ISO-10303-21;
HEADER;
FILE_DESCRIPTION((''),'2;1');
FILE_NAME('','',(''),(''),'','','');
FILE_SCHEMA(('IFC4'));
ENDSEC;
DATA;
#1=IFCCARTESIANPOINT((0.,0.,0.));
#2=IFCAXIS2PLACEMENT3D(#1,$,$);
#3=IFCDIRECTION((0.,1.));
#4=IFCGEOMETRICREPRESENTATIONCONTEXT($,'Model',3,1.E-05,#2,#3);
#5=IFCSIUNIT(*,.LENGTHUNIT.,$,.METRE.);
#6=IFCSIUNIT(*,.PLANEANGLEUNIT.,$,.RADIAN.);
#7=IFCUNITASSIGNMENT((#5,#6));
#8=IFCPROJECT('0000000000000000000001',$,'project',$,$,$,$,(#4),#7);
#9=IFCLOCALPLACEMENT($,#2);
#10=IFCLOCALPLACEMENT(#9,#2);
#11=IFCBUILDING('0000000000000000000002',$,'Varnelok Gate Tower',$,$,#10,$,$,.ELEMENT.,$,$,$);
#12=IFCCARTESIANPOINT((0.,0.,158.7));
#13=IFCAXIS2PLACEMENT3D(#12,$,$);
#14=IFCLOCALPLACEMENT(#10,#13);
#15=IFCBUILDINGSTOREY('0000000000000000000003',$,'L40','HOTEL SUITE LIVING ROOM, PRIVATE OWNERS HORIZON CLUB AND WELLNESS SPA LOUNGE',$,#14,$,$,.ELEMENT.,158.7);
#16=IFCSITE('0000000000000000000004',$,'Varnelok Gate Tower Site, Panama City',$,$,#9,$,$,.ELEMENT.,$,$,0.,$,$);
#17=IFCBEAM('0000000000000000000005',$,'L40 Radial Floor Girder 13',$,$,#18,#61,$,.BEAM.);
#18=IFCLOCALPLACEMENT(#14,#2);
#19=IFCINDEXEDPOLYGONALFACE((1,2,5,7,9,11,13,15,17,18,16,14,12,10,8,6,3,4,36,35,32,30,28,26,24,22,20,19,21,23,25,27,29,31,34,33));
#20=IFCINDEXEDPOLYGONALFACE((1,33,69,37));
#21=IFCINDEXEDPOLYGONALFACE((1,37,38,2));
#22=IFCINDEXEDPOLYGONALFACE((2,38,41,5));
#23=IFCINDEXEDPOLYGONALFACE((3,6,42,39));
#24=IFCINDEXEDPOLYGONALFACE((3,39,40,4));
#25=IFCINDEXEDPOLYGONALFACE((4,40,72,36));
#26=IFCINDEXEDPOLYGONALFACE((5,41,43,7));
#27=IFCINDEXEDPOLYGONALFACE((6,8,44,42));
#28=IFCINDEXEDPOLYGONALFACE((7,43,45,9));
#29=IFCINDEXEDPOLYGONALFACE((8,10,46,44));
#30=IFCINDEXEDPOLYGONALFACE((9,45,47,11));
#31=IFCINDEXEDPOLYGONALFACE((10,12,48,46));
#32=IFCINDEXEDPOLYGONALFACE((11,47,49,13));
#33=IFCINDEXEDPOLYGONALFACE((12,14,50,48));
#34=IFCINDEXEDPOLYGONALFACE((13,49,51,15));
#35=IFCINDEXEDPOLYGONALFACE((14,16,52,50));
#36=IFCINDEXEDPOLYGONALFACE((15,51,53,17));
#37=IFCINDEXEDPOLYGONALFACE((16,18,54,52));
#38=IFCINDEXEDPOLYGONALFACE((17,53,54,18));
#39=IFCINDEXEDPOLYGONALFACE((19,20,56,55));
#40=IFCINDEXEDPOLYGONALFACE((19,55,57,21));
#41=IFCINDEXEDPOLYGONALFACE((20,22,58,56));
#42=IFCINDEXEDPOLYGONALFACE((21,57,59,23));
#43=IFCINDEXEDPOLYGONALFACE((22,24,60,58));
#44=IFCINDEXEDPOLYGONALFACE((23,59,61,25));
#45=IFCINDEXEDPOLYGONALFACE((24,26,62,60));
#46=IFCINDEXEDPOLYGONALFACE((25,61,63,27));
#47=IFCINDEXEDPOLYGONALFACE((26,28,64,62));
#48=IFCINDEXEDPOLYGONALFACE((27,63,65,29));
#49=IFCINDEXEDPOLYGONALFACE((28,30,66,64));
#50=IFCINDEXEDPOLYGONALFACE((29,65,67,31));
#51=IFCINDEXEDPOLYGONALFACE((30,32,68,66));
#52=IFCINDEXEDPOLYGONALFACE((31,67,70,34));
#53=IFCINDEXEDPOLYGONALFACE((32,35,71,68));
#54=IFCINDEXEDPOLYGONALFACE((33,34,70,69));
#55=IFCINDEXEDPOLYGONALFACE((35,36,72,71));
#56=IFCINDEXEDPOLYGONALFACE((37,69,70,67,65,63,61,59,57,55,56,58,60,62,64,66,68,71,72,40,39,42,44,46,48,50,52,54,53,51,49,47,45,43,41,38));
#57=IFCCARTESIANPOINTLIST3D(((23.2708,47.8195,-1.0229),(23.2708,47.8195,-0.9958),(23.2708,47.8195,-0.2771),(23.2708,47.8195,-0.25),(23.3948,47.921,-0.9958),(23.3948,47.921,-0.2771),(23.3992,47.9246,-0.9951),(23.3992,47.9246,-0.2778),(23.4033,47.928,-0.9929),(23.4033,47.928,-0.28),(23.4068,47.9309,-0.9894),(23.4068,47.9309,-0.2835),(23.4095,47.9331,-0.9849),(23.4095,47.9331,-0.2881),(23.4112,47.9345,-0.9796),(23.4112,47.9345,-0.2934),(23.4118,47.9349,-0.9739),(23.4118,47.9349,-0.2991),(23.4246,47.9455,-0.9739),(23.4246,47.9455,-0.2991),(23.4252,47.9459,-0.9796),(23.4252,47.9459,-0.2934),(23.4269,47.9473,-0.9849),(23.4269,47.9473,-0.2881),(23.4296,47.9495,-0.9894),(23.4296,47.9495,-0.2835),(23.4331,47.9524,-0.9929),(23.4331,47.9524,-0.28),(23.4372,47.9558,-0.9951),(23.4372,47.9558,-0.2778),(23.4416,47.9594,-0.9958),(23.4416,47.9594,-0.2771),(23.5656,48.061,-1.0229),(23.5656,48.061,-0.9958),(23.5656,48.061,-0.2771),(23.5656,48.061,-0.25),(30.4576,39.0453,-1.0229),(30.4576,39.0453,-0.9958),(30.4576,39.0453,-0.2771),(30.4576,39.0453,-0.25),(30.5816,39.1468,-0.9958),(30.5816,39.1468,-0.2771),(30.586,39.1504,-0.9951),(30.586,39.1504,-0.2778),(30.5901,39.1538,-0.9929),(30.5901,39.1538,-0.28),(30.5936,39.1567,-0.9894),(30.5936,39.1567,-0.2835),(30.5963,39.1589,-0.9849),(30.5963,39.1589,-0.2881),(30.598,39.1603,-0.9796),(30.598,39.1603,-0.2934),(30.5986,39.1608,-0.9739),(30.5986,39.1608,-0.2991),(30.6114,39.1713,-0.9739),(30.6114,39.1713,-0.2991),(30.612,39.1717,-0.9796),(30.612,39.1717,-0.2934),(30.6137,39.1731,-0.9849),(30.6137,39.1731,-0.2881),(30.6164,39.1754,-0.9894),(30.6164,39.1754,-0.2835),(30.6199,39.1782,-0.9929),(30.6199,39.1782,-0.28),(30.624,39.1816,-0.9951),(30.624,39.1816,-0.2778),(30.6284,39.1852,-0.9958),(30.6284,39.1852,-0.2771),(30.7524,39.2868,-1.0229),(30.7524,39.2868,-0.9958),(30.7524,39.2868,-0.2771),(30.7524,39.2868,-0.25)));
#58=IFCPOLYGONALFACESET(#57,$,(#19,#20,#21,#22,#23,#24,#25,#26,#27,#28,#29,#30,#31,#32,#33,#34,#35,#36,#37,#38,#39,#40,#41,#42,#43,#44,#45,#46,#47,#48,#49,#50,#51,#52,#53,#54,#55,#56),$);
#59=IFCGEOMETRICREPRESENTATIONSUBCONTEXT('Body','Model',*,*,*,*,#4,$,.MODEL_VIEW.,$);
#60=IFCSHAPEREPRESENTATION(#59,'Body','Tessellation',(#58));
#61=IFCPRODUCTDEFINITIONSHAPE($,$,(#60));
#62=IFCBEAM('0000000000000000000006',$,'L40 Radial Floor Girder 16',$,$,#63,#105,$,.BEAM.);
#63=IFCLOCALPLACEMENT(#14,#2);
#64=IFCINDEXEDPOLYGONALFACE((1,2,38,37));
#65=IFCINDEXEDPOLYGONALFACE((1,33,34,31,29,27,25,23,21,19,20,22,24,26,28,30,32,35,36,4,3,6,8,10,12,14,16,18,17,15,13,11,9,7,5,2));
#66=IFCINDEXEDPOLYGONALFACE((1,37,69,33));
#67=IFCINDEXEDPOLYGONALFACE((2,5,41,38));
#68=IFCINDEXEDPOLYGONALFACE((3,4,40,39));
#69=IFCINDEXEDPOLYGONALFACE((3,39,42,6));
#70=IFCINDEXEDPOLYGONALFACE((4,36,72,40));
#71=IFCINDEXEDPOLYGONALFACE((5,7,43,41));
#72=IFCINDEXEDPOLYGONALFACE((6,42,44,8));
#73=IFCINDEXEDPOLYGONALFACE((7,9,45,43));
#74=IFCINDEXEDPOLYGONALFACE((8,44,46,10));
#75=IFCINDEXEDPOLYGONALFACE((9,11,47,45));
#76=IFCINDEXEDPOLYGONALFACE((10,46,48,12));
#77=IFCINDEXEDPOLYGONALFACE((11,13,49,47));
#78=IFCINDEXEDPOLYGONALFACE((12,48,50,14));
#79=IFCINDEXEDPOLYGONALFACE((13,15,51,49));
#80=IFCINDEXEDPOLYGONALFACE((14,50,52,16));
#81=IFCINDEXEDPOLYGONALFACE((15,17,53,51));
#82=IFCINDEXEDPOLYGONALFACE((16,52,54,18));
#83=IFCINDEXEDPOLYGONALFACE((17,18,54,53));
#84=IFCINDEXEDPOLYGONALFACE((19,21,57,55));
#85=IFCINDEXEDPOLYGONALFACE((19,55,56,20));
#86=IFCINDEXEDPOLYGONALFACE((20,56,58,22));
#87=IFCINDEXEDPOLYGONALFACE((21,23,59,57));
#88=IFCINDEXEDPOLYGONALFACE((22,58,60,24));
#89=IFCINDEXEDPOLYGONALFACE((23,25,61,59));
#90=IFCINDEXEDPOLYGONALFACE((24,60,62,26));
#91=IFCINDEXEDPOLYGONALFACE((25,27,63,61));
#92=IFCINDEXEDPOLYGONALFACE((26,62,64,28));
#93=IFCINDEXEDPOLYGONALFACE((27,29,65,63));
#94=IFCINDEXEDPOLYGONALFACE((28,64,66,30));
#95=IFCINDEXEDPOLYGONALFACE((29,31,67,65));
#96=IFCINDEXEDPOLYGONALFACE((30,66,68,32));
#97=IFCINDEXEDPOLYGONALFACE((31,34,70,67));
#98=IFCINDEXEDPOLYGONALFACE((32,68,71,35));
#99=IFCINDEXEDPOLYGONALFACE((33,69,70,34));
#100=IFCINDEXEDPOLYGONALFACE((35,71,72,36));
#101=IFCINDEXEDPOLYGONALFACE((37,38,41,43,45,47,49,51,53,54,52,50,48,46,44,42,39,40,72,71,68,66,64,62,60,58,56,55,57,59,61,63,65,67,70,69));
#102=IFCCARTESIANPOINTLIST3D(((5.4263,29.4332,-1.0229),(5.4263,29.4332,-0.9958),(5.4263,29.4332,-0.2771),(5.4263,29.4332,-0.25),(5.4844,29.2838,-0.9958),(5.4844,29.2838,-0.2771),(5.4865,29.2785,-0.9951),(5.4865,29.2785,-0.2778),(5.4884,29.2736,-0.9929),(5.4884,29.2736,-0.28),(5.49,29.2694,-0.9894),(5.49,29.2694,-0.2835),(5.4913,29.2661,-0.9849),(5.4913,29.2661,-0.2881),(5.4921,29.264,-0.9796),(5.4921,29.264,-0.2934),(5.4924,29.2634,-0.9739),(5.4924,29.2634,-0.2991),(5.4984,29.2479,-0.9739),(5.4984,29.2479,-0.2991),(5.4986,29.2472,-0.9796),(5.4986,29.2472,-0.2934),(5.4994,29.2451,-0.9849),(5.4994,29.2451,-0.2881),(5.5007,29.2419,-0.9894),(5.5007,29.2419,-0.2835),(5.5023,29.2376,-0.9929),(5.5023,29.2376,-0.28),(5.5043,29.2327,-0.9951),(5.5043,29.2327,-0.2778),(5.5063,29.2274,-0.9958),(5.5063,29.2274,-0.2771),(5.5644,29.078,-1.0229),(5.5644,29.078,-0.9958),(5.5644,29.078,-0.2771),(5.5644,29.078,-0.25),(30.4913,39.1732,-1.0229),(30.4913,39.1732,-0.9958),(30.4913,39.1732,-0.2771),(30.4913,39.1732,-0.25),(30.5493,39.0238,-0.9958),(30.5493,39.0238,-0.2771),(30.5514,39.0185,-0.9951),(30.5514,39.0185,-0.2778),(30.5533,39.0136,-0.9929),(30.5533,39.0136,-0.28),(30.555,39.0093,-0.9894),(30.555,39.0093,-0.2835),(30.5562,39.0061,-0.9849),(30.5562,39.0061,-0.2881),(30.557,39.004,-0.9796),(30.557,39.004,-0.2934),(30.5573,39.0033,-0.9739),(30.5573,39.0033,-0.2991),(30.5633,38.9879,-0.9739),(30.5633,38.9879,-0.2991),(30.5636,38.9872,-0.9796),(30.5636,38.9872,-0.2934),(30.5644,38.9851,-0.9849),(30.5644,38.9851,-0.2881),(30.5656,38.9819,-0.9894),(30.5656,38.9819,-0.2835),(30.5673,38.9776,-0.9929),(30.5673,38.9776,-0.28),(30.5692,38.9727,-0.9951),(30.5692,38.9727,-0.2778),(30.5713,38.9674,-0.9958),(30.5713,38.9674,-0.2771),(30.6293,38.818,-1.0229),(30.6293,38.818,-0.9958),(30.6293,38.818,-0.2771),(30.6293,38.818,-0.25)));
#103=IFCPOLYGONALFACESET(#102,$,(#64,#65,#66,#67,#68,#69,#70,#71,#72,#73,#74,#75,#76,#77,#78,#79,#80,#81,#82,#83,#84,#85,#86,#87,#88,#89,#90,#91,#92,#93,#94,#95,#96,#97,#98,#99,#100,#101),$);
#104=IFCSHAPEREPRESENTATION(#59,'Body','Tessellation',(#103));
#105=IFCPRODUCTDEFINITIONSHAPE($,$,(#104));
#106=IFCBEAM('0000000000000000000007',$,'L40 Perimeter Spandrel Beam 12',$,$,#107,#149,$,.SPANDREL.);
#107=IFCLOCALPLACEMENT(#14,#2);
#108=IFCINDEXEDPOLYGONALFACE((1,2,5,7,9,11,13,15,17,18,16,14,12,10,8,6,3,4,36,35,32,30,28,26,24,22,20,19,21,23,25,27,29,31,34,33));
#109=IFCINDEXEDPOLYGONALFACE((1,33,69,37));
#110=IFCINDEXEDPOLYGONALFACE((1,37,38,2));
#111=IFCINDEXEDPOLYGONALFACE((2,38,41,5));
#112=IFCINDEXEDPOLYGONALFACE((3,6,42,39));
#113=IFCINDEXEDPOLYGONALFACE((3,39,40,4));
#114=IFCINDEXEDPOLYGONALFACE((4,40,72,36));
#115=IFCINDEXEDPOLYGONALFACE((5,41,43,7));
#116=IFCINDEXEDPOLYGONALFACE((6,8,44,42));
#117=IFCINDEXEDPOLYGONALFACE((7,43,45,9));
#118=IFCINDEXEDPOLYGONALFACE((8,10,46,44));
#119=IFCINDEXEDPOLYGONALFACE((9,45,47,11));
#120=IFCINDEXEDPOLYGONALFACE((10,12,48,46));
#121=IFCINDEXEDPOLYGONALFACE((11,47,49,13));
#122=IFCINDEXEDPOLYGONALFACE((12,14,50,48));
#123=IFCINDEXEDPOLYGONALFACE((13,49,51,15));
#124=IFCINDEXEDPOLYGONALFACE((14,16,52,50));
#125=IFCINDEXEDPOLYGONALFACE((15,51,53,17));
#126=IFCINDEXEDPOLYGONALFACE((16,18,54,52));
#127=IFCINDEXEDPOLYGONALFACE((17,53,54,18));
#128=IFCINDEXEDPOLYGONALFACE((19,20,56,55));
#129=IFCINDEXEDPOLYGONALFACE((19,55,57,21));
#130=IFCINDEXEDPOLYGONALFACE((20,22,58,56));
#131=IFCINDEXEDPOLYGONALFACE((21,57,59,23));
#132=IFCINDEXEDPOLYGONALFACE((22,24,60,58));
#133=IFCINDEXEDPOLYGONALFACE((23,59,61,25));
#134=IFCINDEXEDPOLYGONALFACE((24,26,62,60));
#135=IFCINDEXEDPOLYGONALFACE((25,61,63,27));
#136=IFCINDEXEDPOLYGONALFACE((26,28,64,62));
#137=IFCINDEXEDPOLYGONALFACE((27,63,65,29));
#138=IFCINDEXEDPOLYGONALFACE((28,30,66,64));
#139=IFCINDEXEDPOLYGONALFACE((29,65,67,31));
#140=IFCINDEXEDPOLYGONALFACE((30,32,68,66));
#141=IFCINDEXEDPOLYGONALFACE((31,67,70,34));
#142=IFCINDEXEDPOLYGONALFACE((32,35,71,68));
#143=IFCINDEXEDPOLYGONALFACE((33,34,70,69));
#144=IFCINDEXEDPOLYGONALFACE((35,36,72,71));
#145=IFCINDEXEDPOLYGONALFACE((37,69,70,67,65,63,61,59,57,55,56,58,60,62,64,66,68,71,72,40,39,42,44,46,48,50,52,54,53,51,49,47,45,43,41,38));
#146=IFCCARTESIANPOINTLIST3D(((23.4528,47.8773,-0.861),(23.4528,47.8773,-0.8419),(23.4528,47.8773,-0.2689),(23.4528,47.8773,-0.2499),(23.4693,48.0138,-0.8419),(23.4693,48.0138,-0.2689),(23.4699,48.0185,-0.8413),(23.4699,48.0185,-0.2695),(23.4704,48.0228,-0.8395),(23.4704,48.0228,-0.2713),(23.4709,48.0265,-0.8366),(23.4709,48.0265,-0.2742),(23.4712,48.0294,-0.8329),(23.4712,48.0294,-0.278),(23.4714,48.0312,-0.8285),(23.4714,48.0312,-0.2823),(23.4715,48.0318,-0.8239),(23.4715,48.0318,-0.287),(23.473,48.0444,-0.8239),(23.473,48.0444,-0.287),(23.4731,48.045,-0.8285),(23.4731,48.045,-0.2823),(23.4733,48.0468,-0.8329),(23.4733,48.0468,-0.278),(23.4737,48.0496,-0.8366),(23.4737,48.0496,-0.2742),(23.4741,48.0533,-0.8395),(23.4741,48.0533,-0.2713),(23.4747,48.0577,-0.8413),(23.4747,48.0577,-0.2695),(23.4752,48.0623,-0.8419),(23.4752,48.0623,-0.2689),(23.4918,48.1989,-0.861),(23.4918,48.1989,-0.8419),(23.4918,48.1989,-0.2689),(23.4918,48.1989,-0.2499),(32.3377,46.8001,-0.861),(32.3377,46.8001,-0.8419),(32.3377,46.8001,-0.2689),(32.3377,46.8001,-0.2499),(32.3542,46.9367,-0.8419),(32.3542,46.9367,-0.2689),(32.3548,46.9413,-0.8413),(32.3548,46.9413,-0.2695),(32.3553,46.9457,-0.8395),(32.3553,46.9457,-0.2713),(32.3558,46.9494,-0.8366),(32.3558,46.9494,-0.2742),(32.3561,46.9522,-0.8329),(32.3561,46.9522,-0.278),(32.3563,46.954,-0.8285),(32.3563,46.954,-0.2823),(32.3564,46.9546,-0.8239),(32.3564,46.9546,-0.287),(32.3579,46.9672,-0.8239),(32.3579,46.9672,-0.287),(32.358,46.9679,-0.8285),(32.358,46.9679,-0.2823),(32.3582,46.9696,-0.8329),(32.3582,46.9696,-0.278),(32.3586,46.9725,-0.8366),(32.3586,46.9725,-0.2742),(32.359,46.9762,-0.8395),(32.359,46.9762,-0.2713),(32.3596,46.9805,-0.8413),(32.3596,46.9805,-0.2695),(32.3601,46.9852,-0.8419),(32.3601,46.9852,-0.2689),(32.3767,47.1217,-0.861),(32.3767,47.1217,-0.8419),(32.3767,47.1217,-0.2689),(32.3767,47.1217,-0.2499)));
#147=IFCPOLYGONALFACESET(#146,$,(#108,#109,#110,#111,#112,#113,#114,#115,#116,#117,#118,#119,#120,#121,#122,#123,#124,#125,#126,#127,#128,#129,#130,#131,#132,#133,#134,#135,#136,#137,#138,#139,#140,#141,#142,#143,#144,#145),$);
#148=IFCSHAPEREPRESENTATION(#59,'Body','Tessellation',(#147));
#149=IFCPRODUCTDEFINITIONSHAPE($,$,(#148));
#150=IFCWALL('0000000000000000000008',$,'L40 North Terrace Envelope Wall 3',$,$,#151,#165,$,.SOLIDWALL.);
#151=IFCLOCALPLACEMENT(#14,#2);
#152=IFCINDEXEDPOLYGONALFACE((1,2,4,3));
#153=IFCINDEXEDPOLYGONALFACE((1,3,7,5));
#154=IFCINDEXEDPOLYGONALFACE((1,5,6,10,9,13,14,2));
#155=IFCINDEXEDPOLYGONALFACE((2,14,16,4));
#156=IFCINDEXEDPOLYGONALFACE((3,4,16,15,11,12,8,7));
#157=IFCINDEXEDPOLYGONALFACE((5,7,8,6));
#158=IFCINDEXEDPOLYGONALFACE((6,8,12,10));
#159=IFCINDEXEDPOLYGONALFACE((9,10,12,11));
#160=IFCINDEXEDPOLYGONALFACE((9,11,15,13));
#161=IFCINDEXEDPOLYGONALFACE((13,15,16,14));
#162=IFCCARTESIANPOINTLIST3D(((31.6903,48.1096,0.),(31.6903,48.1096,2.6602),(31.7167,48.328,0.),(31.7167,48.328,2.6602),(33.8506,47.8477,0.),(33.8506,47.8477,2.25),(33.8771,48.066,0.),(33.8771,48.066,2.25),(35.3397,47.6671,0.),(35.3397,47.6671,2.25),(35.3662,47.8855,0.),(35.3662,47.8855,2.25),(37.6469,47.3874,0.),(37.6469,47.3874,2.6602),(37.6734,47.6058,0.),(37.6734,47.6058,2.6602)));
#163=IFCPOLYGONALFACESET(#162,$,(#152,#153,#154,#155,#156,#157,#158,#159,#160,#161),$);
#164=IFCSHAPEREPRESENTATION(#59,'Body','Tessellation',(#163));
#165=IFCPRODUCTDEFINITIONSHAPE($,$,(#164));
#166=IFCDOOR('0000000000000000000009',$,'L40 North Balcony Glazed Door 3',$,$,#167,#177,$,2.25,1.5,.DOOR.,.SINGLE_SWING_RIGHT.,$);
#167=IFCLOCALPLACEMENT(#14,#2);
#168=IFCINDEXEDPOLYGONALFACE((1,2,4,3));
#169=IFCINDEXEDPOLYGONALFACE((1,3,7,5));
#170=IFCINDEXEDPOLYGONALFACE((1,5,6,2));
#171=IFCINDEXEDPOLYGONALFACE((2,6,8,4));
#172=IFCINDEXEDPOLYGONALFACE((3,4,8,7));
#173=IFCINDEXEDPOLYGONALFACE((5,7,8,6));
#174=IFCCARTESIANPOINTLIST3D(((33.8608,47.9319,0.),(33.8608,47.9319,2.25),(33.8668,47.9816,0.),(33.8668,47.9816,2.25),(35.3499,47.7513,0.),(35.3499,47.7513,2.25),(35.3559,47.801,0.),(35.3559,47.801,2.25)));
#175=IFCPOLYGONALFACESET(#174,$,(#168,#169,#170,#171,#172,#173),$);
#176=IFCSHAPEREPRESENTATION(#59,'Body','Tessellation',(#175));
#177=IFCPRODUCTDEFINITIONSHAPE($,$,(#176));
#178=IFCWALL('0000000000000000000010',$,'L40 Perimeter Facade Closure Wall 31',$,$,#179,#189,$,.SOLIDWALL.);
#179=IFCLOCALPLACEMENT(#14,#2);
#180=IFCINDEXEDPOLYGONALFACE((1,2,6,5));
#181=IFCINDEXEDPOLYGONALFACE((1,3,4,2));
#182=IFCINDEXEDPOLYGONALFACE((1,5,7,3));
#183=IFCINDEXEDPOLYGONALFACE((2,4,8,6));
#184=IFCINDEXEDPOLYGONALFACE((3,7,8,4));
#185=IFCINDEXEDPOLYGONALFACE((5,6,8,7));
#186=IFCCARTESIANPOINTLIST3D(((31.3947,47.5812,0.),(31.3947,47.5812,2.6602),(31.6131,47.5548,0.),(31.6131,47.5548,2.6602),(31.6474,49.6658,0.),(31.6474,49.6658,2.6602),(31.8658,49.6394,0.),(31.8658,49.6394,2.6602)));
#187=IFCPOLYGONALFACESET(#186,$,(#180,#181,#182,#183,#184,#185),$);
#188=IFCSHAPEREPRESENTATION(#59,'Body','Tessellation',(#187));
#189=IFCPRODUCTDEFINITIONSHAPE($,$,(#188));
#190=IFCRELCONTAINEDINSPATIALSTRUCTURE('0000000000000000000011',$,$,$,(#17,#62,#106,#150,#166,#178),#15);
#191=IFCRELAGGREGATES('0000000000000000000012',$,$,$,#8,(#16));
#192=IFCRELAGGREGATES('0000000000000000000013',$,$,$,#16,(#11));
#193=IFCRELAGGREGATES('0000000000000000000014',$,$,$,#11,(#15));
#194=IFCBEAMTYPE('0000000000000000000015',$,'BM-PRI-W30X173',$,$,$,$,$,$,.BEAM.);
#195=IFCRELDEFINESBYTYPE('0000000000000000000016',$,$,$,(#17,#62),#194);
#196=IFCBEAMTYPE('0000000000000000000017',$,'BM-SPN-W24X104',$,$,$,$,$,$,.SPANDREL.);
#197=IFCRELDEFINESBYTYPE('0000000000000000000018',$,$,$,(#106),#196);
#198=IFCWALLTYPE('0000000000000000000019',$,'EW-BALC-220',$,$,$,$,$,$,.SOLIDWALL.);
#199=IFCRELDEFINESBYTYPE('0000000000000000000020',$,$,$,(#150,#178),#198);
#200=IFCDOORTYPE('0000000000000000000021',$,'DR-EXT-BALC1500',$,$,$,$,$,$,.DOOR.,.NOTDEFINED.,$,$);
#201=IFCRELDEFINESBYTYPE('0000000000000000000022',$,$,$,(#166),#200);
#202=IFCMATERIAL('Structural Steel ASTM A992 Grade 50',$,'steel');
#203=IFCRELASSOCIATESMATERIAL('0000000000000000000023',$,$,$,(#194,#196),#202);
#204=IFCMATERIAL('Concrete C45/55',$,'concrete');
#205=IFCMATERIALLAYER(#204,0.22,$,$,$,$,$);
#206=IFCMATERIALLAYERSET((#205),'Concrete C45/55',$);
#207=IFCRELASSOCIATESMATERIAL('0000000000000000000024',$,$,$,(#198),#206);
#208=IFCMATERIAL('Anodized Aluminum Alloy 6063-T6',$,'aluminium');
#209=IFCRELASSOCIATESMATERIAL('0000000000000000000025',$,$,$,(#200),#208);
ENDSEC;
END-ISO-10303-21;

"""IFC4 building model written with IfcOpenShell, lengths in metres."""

from ifc_helpers import new_model, si_unit, direction, frame, frame_2d, origin, origin_2d, place, context, subcontext, project, spatial, rectangle, i_section, extrude, material, layer, layer_set, material_profile, profile_set, type_object, element, fill, save


model = new_model("IFC4")

# Units and contexts
model_context = context("Model", 3, precision=1e-05, world=origin(), true_north=direction((0.0, 1.0)))
body_context = subcontext(model_context, "Body", "Model", "MODEL_VIEW")
ifc_project = project(units=[si_unit("LENGTHUNIT", "METRE"), si_unit("PLANEANGLEUNIT", "RADIAN")], contexts=[model_context])

# Site, building, storey
site_placement = place(None, origin())
site = spatial("IfcSite", under=ifc_project, at=site_placement, Name="Varnelok Gate Tower Site, Panama City", CompositionType="ELEMENT", RefElevation=0.0)
building_placement = place(site_placement, origin())
building = spatial("IfcBuilding", under=site, at=building_placement, Name="Varnelok Gate Tower", CompositionType="ELEMENT")
storey_placement = place(building_placement, frame((0.0, 0.0, 158.7)))
storey = spatial("IfcBuildingStorey", under=building, at=storey_placement, Name="L40", Description="HOTEL SUITE LIVING ROOM, PRIVATE OWNERS HORIZON CLUB AND WELLNESS SPA LOUNGE", CompositionType="ELEMENT", Elevation=158.7)

# Shared definitions
ifc_material_1 = material(Name="Structural Steel ASTM A992 Grade 50", Category="steel")

# Beams
ifc_material_profile_1 = material_profile(ifc_material_1, i_section(OverallWidth=0.3811, OverallDepth=0.7729, WebThickness=0.0166, FlangeThickness=0.0271, FilletRadius=0.022, at=origin_2d()), Name="W30X173")
ifc_profile_set_1 = profile_set([ifc_material_profile_1], Name="Structural Steel ASTM A992 Grade 50")
beam_type_1 = type_object("IfcBeamType", Name="BM-PRI-W30X173", PredefinedType="BEAM", material=ifc_profile_set_1)
beam_1_placement = place(storey_placement, frame((30.605, 39.166, -0.6365), z_axis=(-0.633655, 0.773616, 0.0), x_axis=(-0.773616, -0.633655, 0.0)))
element("IfcBeam", 1, at=beam_1_placement, inside=storey, type_object=beam_type_1, Name="L40 Radial Floor Girder 13", PredefinedType="BEAM", context=body_context, shape_type="SweptSolid", body=[
    extrude(i_section(OverallWidth=0.3811, OverallDepth=0.7729, WebThickness=0.0166, FlangeThickness=0.0271, FilletRadius=0.022, at=origin_2d()), origin(), (0.0, 0.0, 1.0), 11.3418),
])
beam_2_placement = place(storey_placement, frame((30.5603, 38.9956, -0.6365), z_axis=(-0.932099, -0.362204, 0.0), x_axis=(0.362204, -0.932099, 0.0)))
element("IfcBeam", 2, at=beam_2_placement, inside=storey, type_object=beam_type_1, Name="L40 Radial Floor Girder 16", PredefinedType="BEAM", context=body_context, shape_type="SweptSolid", body=[
    extrude(i_section(OverallWidth=0.3811, OverallDepth=0.7729, WebThickness=0.0166, FlangeThickness=0.0271, FilletRadius=0.022, at=origin_2d()), origin(), (0.0, 0.0, 1.0), 26.8909),
])
ifc_material_profile_2 = material_profile(ifc_material_1, i_section(OverallWidth=0.324, OverallDepth=0.6111, WebThickness=0.0127, FlangeThickness=0.019, FilletRadius=0.0181, at=origin_2d()), Name="W24X104")
ifc_profile_set_2 = profile_set([ifc_material_profile_2], Name="Structural Steel ASTM A992 Grade 50")
beam_type_2 = type_object("IfcBeamType", Name="BM-SPN-W24X104", PredefinedType="SPANDREL", material=ifc_profile_set_2)
beam_3_placement = place(storey_placement, frame((32.3572, 46.9609, -0.5554), z_axis=(-0.992731, 0.120351, 0.0), x_axis=(-0.120351, -0.992731, 0.0)))
element("IfcBeam", 3, at=beam_3_placement, inside=storey, type_object=beam_type_2, Name="L40 Perimeter Spandrel Beam 12", PredefinedType="SPANDREL", context=body_context, shape_type="SweptSolid", body=[
    extrude(i_section(OverallWidth=0.324, OverallDepth=0.6111, WebThickness=0.0127, FlangeThickness=0.019, FilletRadius=0.0181, at=origin_2d()), origin(), (0.0, 0.0, 1.0), 8.95),
])

# Wall, opening, door
ifc_material_2 = material(Name="Concrete C45/55", Category="concrete")
ifc_layer_1 = layer(ifc_material_2, 0.22)
ifc_layer_set_1 = layer_set([ifc_layer_1], Name="Concrete C45/55")
wall_type_1 = type_object("IfcWallType", Name="EW-BALC-220", PredefinedType="SOLIDWALL", material=ifc_layer_set_1)
wall_1_placement = place(storey_placement, frame((31.7036, 48.2188, 0.0), z_axis=(0.0, 0.0, 1.0), x_axis=(0.992731, -0.120358, 0.0)))
wall_1 = element("IfcWall", 4, at=wall_1_placement, inside=storey, type_object=wall_type_1, Name="L40 North Terrace Envelope Wall 3", PredefinedType="SOLIDWALL", context=body_context, shape_type="SweptSolid", body=[
    extrude(rectangle(XDim=6.0002, YDim=0.22, at=frame_2d((3.0, 0.0))), origin(), (0.0, 0.0, 1.0), 2.6602),
])
opening_1_placement = place(wall_1_placement, frame((2.176, 0.0, 0.0)))
opening_1 = element("IfcOpeningElement", 5, at=opening_1_placement, cuts=wall_1, PredefinedType="OPENING", context=body_context, shape_type="SweptSolid", body=[
    extrude(rectangle(XDim=1.5, YDim=2.25, at=frame_2d((0.75, 1.125))), frame((0.0, 0.1199, 0.0), z_axis=(0.0, -1.0, 0.0), x_axis=(1.0, 0.0, 0.0)), (0.0, 0.0, 1.0), 0.24),
])
ifc_material_3 = material(Name="Anodized Aluminum Alloy 6063-T6", Category="aluminium")
door_type = type_object("IfcDoorType", Name="DR-EXT-BALC1500", OperationType="NOTDEFINED", PredefinedType="DOOR", material=ifc_material_3)
door_placement = place(opening_1_placement, origin())
door = element("IfcDoor", 6, at=door_placement, inside=storey, type_object=door_type, Name="L40 North Balcony Glazed Door 3", OperationType="SINGLE_SWING_RIGHT", OverallHeight=2.25, OverallWidth=1.5, PredefinedType="DOOR", context=body_context, shape_type="SweptSolid", body=[
    extrude(rectangle(XDim=1.5, YDim=2.25, at=frame_2d((0.75, 1.125))), frame((0.0, 0.0249, 0.0), z_axis=(0.0, -1.0, 0.0), x_axis=(1.0, 0.0, 0.0)), (0.0, 0.0, 1.0), 0.05),
])
fill(opening_1, door)

# Wall
wall_2_placement = place(storey_placement, frame((31.5039, 47.5681, 0.0), z_axis=(0.0, 0.0, 1.0), x_axis=(0.120342, 0.992733, 0.0)))
element("IfcWall", 7, at=wall_2_placement, inside=storey, type_object=wall_type_1, Name="L40 Perimeter Facade Closure Wall 31", PredefinedType="SOLIDWALL", context=body_context, shape_type="SweptSolid", body=[
    extrude(rectangle(XDim=2.0999, YDim=0.22, at=frame_2d((1.0498, 0.0))), origin(), (0.0, 0.0, 1.0), 2.6602),
])

save(model, "model.ifc")
